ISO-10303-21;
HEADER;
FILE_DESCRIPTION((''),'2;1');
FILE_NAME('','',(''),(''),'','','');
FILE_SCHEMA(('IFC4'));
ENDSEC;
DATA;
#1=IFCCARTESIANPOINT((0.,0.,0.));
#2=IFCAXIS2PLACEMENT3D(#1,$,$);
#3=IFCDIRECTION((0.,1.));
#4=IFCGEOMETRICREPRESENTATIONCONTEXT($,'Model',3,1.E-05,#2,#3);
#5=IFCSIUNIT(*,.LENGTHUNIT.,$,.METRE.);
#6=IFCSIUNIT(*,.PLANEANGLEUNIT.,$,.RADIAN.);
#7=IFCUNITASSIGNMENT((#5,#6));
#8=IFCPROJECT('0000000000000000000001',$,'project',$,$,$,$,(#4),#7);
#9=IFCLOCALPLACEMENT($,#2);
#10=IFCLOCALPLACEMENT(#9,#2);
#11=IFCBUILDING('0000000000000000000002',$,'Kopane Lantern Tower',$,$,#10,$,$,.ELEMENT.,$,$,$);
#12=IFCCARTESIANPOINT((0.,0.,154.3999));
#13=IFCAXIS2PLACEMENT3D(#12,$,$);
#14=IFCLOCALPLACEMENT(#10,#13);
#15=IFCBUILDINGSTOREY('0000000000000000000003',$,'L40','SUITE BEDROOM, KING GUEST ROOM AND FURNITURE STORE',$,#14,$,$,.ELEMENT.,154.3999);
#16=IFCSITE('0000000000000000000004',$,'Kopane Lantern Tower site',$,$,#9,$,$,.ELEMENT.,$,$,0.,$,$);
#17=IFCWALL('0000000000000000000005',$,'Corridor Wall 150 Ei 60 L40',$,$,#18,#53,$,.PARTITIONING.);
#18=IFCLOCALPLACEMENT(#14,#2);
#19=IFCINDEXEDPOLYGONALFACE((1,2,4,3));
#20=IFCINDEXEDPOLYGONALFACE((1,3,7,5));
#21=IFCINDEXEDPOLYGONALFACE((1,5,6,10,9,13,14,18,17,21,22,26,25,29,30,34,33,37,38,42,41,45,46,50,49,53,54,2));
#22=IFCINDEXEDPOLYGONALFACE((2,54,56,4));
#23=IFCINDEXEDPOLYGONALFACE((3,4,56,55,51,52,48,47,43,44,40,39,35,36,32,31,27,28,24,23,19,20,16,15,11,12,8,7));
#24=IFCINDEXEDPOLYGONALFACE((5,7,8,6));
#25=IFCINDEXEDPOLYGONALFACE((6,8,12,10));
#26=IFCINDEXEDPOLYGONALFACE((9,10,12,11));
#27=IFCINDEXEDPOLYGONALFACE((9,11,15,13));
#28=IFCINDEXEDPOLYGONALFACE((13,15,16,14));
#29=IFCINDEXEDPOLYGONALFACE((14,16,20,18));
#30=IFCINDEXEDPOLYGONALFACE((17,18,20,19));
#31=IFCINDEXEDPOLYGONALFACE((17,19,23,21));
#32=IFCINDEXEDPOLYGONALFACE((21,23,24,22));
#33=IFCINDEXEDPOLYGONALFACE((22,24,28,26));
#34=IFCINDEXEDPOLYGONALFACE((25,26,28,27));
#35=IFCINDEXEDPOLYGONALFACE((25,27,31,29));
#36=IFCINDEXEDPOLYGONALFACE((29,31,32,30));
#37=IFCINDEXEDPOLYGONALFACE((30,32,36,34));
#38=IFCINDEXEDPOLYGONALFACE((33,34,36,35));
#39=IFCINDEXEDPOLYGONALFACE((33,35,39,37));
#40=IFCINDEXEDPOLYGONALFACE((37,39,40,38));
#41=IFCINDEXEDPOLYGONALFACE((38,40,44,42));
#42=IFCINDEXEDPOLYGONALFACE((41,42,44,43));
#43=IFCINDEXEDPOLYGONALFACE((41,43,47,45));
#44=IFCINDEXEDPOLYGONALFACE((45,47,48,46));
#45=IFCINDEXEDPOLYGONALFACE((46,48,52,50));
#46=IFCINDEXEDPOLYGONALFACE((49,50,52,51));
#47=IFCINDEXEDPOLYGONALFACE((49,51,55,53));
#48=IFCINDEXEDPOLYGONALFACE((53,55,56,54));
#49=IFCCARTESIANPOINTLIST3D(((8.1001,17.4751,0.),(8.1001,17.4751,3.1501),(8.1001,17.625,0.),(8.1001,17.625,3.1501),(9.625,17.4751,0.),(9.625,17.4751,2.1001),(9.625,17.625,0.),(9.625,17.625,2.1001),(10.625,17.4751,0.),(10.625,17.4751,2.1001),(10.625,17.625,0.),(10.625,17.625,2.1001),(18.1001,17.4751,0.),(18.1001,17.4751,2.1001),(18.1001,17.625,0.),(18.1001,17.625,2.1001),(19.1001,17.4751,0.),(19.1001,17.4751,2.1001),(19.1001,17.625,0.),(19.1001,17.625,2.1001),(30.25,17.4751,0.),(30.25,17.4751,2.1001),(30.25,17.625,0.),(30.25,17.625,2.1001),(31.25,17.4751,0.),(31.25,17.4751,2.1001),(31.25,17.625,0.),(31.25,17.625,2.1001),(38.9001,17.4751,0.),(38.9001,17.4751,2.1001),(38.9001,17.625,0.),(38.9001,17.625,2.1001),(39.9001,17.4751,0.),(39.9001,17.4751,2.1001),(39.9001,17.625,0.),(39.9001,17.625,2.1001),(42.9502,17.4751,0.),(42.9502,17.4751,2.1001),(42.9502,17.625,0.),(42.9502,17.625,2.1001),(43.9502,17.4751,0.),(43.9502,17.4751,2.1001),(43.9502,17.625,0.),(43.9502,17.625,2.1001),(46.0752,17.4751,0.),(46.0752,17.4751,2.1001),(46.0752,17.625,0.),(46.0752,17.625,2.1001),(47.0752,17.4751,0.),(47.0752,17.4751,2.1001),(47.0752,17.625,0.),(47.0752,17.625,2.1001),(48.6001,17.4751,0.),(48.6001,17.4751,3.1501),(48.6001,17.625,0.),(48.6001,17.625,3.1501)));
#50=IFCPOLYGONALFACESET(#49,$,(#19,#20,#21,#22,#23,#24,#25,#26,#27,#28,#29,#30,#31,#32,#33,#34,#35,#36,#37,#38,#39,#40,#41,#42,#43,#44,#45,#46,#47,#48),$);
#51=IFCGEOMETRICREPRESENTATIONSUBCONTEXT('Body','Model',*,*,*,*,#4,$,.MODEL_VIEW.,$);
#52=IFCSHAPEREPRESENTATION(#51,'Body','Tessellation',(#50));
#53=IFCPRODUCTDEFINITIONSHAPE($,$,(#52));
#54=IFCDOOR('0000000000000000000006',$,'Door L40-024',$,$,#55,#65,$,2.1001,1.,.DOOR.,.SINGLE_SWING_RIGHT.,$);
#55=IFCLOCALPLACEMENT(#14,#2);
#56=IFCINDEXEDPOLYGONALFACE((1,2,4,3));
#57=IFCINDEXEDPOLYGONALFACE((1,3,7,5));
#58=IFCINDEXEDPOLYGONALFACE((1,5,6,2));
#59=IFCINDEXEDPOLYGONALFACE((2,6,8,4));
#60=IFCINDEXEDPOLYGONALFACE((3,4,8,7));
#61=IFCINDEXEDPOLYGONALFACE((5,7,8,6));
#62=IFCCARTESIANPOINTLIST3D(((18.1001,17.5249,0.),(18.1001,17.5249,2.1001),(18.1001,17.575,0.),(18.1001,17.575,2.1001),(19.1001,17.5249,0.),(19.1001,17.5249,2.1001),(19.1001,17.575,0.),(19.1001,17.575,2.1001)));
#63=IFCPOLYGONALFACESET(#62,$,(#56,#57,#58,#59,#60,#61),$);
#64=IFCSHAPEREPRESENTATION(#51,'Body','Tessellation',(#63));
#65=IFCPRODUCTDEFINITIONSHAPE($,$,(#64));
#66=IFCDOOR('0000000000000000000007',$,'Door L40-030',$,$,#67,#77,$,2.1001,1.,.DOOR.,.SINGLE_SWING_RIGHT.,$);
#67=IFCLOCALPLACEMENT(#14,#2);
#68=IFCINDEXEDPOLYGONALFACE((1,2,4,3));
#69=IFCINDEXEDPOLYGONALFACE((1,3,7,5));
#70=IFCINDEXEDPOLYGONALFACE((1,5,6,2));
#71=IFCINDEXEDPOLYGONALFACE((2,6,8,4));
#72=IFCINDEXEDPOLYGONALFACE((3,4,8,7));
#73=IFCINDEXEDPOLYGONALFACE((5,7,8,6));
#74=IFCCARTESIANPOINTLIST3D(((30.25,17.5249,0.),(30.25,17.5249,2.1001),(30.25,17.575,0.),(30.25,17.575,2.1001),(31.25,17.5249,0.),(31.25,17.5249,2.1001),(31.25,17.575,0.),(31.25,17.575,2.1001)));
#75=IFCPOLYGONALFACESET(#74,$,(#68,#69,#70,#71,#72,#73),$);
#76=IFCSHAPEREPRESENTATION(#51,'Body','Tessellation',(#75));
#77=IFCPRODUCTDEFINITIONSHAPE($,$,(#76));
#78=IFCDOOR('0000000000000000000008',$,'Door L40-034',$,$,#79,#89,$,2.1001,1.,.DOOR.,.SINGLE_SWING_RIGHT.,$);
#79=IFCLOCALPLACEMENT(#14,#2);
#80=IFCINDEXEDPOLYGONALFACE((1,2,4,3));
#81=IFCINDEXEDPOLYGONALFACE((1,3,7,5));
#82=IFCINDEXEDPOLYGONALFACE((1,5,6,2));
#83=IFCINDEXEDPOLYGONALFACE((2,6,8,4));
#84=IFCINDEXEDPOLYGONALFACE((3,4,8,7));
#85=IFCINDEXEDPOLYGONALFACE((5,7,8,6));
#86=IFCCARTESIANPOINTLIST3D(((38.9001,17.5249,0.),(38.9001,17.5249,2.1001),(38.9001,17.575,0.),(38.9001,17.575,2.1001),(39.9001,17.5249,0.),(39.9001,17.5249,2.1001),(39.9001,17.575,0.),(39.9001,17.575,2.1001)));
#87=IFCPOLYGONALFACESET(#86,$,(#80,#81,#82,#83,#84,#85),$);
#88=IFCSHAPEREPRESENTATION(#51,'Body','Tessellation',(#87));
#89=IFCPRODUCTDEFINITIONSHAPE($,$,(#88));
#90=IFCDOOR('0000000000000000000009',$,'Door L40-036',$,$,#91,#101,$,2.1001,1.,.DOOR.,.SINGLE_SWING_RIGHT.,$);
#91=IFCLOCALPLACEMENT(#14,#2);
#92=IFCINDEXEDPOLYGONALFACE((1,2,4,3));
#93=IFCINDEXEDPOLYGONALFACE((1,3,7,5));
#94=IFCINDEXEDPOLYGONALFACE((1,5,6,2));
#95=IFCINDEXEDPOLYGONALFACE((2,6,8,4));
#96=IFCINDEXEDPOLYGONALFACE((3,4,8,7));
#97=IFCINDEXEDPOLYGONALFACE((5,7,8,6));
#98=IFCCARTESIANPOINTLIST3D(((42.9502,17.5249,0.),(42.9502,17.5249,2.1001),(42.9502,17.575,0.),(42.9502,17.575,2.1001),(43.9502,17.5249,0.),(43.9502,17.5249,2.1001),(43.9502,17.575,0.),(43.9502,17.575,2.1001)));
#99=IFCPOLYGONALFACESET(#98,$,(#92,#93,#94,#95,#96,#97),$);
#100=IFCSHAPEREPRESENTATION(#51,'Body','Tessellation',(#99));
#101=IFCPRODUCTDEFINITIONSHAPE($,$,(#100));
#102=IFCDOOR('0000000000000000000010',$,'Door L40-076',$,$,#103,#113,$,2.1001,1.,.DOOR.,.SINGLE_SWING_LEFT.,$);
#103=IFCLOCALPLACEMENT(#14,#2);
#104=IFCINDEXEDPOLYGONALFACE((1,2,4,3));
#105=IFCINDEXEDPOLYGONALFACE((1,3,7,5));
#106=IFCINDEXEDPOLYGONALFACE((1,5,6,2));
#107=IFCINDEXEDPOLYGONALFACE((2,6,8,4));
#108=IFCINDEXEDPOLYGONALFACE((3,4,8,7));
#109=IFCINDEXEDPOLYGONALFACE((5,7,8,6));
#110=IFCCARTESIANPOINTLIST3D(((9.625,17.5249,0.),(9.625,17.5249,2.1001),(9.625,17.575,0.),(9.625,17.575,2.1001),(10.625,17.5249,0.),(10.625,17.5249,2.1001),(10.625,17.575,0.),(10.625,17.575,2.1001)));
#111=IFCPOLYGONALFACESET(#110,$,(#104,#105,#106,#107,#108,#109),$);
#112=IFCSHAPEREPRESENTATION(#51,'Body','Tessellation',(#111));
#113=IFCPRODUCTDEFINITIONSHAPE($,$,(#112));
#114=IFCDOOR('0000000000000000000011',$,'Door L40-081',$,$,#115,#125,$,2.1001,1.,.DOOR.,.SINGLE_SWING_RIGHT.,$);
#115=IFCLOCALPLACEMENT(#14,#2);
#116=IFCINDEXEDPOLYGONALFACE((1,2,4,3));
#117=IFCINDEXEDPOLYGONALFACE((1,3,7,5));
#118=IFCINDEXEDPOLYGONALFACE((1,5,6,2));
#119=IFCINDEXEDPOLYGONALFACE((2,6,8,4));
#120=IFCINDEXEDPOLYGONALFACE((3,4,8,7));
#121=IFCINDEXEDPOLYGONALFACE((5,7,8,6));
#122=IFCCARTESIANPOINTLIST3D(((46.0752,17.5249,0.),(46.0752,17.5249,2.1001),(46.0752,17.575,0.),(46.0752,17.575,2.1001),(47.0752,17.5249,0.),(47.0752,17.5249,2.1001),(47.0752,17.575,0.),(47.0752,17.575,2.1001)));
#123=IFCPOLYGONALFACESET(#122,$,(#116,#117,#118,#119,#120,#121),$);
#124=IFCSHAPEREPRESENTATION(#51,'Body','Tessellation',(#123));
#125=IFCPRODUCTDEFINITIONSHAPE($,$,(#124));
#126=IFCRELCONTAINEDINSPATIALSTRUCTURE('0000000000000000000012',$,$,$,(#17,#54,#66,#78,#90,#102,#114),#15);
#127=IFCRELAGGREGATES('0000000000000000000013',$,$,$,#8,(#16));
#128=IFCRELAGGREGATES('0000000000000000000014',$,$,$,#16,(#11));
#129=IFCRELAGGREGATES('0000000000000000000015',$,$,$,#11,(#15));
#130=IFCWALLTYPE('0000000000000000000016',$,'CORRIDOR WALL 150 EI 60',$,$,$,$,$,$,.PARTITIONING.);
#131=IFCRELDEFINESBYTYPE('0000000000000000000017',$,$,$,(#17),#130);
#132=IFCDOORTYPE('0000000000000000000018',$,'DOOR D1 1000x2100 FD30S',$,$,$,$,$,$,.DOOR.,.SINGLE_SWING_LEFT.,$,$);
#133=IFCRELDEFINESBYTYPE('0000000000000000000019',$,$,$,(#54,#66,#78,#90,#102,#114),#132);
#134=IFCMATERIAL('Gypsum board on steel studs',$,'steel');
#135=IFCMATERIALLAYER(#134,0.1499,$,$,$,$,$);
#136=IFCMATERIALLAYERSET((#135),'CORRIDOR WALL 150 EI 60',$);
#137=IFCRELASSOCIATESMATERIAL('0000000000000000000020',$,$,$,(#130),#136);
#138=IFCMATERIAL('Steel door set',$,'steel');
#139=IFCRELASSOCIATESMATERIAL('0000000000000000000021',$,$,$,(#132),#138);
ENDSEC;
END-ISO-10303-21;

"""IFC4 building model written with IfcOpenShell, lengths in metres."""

from ifc_helpers import new_model, si_unit, direction, frame, frame_2d, origin, place, context, subcontext, project, spatial, rectangle, extrude, material, layer, layer_set, type_object, element, fill, save


model = new_model("IFC4")

# Units and contexts
model_context = context("Model", 3, precision=1e-05, world=origin(), true_north=direction((0.0, 1.0)))
body_context = subcontext(model_context, "Body", "Model", "MODEL_VIEW")
ifc_project = project(units=[si_unit("LENGTHUNIT", "METRE"), si_unit("PLANEANGLEUNIT", "RADIAN")], contexts=[model_context])

# Site, building, storey
site_placement = place(None, origin())
site = spatial("IfcSite", under=ifc_project, at=site_placement, Name="Kopane Lantern Tower site", CompositionType="ELEMENT", RefElevation=0.0)
building_placement = place(site_placement, origin())
building = spatial("IfcBuilding", under=site, at=building_placement, Name="Kopane Lantern Tower", CompositionType="ELEMENT")
storey_placement = place(building_placement, frame((0.0, 0.0, 154.3999)))
storey = spatial("IfcBuildingStorey", under=building, at=storey_placement, Name="L40", Description="SUITE BEDROOM, KING GUEST ROOM AND FURNITURE STORE", CompositionType="ELEMENT", Elevation=154.3999)

# Wall, openings, doors
ifc_material_1 = material(Name="Gypsum board on steel studs", Category="steel")
ifc_layer_1 = layer(ifc_material_1, 0.1499)
ifc_layer_set_1 = layer_set([ifc_layer_1], Name="CORRIDOR WALL 150 EI 60")
wall_type_1 = type_object("IfcWallType", Name="CORRIDOR WALL 150 EI 60", PredefinedType="PARTITIONING", material=ifc_layer_set_1)
wall_1_placement = place(storey_placement, frame((8.1001, 17.55, 0.0), z_axis=(0.0, 0.0, 1.0), x_axis=(1.0, 0.0, 0.0)))
wall_1 = element("IfcWall", 1, at=wall_1_placement, inside=storey, type_object=wall_type_1, Name="Corridor Wall 150 Ei 60 L40", PredefinedType="PARTITIONING", context=body_context, shape_type="SweptSolid", body=[
    extrude(rectangle(XDim=40.5, YDim=0.1499, at=frame_2d((20.25, 0.0))), origin(), (0.0, 0.0, 1.0), 3.1501),
])
opening_1_placement = place(wall_1_placement, frame((10.0, 0.0, 0.0)))
opening_1 = element("IfcOpeningElement", 2, at=opening_1_placement, cuts=wall_1, PredefinedType="OPENING", context=body_context, shape_type="SweptSolid", body=[
    extrude(rectangle(XDim=1.0, YDim=2.1001, at=frame_2d((0.5, 1.05))), frame((0.0, 0.085, 0.0), z_axis=(0.0, -1.0, 0.0), x_axis=(1.0, 0.0, 0.0)), (0.0, 0.0, 1.0), 0.1699),
])
opening_2_placement = place(wall_1_placement, frame((22.1499, 0.0, 0.0)))
opening_2 = element("IfcOpeningElement", 3, at=opening_2_placement, cuts=wall_1, PredefinedType="OPENING", context=body_context, shape_type="SweptSolid", body=[
    extrude(rectangle(XDim=1.0, YDim=2.1001, at=frame_2d((0.5, 1.05))), frame((0.0, 0.085, 0.0), z_axis=(0.0, -1.0, 0.0), x_axis=(1.0, 0.0, 0.0)), (0.0, 0.0, 1.0), 0.1699),
])
opening_3_placement = place(wall_1_placement, frame((30.8, 0.0, 0.0)))
opening_3 = element("IfcOpeningElement", 4, at=opening_3_placement, cuts=wall_1, PredefinedType="OPENING", context=body_context, shape_type="SweptSolid", body=[
    extrude(rectangle(XDim=1.0, YDim=2.1001, at=frame_2d((0.5, 1.05))), frame((0.0, 0.085, 0.0), z_axis=(0.0, -1.0, 0.0), x_axis=(1.0, 0.0, 0.0)), (0.0, 0.0, 1.0), 0.1699),
])
opening_4_placement = place(wall_1_placement, frame((34.8501, 0.0, 0.0)))
opening_4 = element("IfcOpeningElement", 5, at=opening_4_placement, cuts=wall_1, PredefinedType="OPENING", context=body_context, shape_type="SweptSolid", body=[
    extrude(rectangle(XDim=1.0, YDim=2.1001, at=frame_2d((0.5, 1.05))), frame((0.0, 0.085, 0.0), z_axis=(0.0, -1.0, 0.0), x_axis=(1.0, 0.0, 0.0)), (0.0, 0.0, 1.0), 0.1699),
])
opening_5_placement = place(wall_1_placement, frame((1.5249, 0.0, 0.0)))
opening_5 = element("IfcOpeningElement", 6, at=opening_5_placement, cuts=wall_1, PredefinedType="OPENING", context=body_context, shape_type="SweptSolid", body=[
    extrude(rectangle(XDim=1.0, YDim=2.1001, at=frame_2d((0.5, 1.05))), frame((0.0, 0.085, 0.0), z_axis=(0.0, -1.0, 0.0), x_axis=(1.0, 0.0, 0.0)), (0.0, 0.0, 1.0), 0.1699),
])
opening_6_placement = place(wall_1_placement, frame((37.9751, 0.0, 0.0)))
opening_6 = element("IfcOpeningElement", 7, at=opening_6_placement, cuts=wall_1, PredefinedType="OPENING", context=body_context, shape_type="SweptSolid", body=[
    extrude(rectangle(XDim=1.0, YDim=2.1001, at=frame_2d((0.5, 1.05))), frame((0.0, 0.085, 0.0), z_axis=(0.0, -1.0, 0.0), x_axis=(1.0, 0.0, 0.0)), (0.0, 0.0, 1.0), 0.1699),
])
ifc_material_2 = material(Name="Steel door set", Category="steel")
door_type_1 = type_object("IfcDoorType", Name="DOOR D1 1000x2100 FD30S", OperationType="SINGLE_SWING_LEFT", PredefinedType="DOOR", material=ifc_material_2)
door_1_placement = place(opening_1_placement, origin())
door_1 = element("IfcDoor", 8, at=door_1_placement, inside=storey, type_object=door_type_1, Name="Door L40-024", OperationType="SINGLE_SWING_RIGHT", OverallHeight=2.1001, OverallWidth=1.0, PredefinedType="DOOR", context=body_context, shape_type="SweptSolid", body=[
    extrude(rectangle(XDim=1.0, YDim=2.1001, at=frame_2d((0.5, 1.05))), frame((0.0, 0.0249, 0.0), z_axis=(0.0, -1.0, 0.0), x_axis=(1.0, 0.0, 0.0)), (0.0, 0.0, 1.0), 0.05),
])
fill(opening_1, door_1)
door_2_placement = place(opening_2_placement, origin())
door_2 = element("IfcDoor", 9, at=door_2_placement, inside=storey, type_object=door_type_1, Name="Door L40-030", OperationType="SINGLE_SWING_RIGHT", OverallHeight=2.1001, OverallWidth=1.0, PredefinedType="DOOR", context=body_context, shape_type="SweptSolid", body=[
    extrude(rectangle(XDim=1.0, YDim=2.1001, at=frame_2d((0.5, 1.05))), frame((0.0, 0.0249, 0.0), z_axis=(0.0, -1.0, 0.0), x_axis=(1.0, 0.0, 0.0)), (0.0, 0.0, 1.0), 0.05),
])
fill(opening_2, door_2)
door_3_placement = place(opening_3_placement, origin())
door_3 = element("IfcDoor", 10, at=door_3_placement, inside=storey, type_object=door_type_1, Name="Door L40-034", OperationType="SINGLE_SWING_RIGHT", OverallHeight=2.1001, OverallWidth=1.0, PredefinedType="DOOR", context=body_context, shape_type="SweptSolid", body=[
    extrude(rectangle(XDim=1.0, YDim=2.1001, at=frame_2d((0.5, 1.05))), frame((0.0, 0.0249, 0.0), z_axis=(0.0, -1.0, 0.0), x_axis=(1.0, 0.0, 0.0)), (0.0, 0.0, 1.0), 0.05),
])
fill(opening_3, door_3)
door_4_placement = place(opening_4_placement, origin())
door_4 = element("IfcDoor", 11, at=door_4_placement, inside=storey, type_object=door_type_1, Name="Door L40-036", OperationType="SINGLE_SWING_RIGHT", OverallHeight=2.1001, OverallWidth=1.0, PredefinedType="DOOR", context=body_context, shape_type="SweptSolid", body=[
    extrude(rectangle(XDim=1.0, YDim=2.1001, at=frame_2d((0.5, 1.05))), frame((0.0, 0.0249, 0.0), z_axis=(0.0, -1.0, 0.0), x_axis=(1.0, 0.0, 0.0)), (0.0, 0.0, 1.0), 0.05),
])
fill(opening_4, door_4)
door_5_placement = place(opening_5_placement, origin())
door_5 = element("IfcDoor", 12, at=door_5_placement, inside=storey, type_object=door_type_1, Name="Door L40-076", OperationType="SINGLE_SWING_LEFT", OverallHeight=2.1001, OverallWidth=1.0, PredefinedType="DOOR", context=body_context, shape_type="SweptSolid", body=[
    extrude(rectangle(XDim=1.0, YDim=2.1001, at=frame_2d((0.5, 1.05))), frame((0.0, 0.0249, 0.0), z_axis=(0.0, -1.0, 0.0), x_axis=(1.0, 0.0, 0.0)), (0.0, 0.0, 1.0), 0.05),
])
fill(opening_5, door_5)
door_6_placement = place(opening_6_placement, origin())
door_6 = element("IfcDoor", 13, at=door_6_placement, inside=storey, type_object=door_type_1, Name="Door L40-081", OperationType="SINGLE_SWING_RIGHT", OverallHeight=2.1001, OverallWidth=1.0, PredefinedType="DOOR", context=body_context, shape_type="SweptSolid", body=[
    extrude(rectangle(XDim=1.0, YDim=2.1001, at=frame_2d((0.5, 1.05))), frame((0.0, 0.0249, 0.0), z_axis=(0.0, -1.0, 0.0), x_axis=(1.0, 0.0, 0.0)), (0.0, 0.0, 1.0), 0.05),
])
fill(opening_6, door_6)

save(model, "model.ifc")
